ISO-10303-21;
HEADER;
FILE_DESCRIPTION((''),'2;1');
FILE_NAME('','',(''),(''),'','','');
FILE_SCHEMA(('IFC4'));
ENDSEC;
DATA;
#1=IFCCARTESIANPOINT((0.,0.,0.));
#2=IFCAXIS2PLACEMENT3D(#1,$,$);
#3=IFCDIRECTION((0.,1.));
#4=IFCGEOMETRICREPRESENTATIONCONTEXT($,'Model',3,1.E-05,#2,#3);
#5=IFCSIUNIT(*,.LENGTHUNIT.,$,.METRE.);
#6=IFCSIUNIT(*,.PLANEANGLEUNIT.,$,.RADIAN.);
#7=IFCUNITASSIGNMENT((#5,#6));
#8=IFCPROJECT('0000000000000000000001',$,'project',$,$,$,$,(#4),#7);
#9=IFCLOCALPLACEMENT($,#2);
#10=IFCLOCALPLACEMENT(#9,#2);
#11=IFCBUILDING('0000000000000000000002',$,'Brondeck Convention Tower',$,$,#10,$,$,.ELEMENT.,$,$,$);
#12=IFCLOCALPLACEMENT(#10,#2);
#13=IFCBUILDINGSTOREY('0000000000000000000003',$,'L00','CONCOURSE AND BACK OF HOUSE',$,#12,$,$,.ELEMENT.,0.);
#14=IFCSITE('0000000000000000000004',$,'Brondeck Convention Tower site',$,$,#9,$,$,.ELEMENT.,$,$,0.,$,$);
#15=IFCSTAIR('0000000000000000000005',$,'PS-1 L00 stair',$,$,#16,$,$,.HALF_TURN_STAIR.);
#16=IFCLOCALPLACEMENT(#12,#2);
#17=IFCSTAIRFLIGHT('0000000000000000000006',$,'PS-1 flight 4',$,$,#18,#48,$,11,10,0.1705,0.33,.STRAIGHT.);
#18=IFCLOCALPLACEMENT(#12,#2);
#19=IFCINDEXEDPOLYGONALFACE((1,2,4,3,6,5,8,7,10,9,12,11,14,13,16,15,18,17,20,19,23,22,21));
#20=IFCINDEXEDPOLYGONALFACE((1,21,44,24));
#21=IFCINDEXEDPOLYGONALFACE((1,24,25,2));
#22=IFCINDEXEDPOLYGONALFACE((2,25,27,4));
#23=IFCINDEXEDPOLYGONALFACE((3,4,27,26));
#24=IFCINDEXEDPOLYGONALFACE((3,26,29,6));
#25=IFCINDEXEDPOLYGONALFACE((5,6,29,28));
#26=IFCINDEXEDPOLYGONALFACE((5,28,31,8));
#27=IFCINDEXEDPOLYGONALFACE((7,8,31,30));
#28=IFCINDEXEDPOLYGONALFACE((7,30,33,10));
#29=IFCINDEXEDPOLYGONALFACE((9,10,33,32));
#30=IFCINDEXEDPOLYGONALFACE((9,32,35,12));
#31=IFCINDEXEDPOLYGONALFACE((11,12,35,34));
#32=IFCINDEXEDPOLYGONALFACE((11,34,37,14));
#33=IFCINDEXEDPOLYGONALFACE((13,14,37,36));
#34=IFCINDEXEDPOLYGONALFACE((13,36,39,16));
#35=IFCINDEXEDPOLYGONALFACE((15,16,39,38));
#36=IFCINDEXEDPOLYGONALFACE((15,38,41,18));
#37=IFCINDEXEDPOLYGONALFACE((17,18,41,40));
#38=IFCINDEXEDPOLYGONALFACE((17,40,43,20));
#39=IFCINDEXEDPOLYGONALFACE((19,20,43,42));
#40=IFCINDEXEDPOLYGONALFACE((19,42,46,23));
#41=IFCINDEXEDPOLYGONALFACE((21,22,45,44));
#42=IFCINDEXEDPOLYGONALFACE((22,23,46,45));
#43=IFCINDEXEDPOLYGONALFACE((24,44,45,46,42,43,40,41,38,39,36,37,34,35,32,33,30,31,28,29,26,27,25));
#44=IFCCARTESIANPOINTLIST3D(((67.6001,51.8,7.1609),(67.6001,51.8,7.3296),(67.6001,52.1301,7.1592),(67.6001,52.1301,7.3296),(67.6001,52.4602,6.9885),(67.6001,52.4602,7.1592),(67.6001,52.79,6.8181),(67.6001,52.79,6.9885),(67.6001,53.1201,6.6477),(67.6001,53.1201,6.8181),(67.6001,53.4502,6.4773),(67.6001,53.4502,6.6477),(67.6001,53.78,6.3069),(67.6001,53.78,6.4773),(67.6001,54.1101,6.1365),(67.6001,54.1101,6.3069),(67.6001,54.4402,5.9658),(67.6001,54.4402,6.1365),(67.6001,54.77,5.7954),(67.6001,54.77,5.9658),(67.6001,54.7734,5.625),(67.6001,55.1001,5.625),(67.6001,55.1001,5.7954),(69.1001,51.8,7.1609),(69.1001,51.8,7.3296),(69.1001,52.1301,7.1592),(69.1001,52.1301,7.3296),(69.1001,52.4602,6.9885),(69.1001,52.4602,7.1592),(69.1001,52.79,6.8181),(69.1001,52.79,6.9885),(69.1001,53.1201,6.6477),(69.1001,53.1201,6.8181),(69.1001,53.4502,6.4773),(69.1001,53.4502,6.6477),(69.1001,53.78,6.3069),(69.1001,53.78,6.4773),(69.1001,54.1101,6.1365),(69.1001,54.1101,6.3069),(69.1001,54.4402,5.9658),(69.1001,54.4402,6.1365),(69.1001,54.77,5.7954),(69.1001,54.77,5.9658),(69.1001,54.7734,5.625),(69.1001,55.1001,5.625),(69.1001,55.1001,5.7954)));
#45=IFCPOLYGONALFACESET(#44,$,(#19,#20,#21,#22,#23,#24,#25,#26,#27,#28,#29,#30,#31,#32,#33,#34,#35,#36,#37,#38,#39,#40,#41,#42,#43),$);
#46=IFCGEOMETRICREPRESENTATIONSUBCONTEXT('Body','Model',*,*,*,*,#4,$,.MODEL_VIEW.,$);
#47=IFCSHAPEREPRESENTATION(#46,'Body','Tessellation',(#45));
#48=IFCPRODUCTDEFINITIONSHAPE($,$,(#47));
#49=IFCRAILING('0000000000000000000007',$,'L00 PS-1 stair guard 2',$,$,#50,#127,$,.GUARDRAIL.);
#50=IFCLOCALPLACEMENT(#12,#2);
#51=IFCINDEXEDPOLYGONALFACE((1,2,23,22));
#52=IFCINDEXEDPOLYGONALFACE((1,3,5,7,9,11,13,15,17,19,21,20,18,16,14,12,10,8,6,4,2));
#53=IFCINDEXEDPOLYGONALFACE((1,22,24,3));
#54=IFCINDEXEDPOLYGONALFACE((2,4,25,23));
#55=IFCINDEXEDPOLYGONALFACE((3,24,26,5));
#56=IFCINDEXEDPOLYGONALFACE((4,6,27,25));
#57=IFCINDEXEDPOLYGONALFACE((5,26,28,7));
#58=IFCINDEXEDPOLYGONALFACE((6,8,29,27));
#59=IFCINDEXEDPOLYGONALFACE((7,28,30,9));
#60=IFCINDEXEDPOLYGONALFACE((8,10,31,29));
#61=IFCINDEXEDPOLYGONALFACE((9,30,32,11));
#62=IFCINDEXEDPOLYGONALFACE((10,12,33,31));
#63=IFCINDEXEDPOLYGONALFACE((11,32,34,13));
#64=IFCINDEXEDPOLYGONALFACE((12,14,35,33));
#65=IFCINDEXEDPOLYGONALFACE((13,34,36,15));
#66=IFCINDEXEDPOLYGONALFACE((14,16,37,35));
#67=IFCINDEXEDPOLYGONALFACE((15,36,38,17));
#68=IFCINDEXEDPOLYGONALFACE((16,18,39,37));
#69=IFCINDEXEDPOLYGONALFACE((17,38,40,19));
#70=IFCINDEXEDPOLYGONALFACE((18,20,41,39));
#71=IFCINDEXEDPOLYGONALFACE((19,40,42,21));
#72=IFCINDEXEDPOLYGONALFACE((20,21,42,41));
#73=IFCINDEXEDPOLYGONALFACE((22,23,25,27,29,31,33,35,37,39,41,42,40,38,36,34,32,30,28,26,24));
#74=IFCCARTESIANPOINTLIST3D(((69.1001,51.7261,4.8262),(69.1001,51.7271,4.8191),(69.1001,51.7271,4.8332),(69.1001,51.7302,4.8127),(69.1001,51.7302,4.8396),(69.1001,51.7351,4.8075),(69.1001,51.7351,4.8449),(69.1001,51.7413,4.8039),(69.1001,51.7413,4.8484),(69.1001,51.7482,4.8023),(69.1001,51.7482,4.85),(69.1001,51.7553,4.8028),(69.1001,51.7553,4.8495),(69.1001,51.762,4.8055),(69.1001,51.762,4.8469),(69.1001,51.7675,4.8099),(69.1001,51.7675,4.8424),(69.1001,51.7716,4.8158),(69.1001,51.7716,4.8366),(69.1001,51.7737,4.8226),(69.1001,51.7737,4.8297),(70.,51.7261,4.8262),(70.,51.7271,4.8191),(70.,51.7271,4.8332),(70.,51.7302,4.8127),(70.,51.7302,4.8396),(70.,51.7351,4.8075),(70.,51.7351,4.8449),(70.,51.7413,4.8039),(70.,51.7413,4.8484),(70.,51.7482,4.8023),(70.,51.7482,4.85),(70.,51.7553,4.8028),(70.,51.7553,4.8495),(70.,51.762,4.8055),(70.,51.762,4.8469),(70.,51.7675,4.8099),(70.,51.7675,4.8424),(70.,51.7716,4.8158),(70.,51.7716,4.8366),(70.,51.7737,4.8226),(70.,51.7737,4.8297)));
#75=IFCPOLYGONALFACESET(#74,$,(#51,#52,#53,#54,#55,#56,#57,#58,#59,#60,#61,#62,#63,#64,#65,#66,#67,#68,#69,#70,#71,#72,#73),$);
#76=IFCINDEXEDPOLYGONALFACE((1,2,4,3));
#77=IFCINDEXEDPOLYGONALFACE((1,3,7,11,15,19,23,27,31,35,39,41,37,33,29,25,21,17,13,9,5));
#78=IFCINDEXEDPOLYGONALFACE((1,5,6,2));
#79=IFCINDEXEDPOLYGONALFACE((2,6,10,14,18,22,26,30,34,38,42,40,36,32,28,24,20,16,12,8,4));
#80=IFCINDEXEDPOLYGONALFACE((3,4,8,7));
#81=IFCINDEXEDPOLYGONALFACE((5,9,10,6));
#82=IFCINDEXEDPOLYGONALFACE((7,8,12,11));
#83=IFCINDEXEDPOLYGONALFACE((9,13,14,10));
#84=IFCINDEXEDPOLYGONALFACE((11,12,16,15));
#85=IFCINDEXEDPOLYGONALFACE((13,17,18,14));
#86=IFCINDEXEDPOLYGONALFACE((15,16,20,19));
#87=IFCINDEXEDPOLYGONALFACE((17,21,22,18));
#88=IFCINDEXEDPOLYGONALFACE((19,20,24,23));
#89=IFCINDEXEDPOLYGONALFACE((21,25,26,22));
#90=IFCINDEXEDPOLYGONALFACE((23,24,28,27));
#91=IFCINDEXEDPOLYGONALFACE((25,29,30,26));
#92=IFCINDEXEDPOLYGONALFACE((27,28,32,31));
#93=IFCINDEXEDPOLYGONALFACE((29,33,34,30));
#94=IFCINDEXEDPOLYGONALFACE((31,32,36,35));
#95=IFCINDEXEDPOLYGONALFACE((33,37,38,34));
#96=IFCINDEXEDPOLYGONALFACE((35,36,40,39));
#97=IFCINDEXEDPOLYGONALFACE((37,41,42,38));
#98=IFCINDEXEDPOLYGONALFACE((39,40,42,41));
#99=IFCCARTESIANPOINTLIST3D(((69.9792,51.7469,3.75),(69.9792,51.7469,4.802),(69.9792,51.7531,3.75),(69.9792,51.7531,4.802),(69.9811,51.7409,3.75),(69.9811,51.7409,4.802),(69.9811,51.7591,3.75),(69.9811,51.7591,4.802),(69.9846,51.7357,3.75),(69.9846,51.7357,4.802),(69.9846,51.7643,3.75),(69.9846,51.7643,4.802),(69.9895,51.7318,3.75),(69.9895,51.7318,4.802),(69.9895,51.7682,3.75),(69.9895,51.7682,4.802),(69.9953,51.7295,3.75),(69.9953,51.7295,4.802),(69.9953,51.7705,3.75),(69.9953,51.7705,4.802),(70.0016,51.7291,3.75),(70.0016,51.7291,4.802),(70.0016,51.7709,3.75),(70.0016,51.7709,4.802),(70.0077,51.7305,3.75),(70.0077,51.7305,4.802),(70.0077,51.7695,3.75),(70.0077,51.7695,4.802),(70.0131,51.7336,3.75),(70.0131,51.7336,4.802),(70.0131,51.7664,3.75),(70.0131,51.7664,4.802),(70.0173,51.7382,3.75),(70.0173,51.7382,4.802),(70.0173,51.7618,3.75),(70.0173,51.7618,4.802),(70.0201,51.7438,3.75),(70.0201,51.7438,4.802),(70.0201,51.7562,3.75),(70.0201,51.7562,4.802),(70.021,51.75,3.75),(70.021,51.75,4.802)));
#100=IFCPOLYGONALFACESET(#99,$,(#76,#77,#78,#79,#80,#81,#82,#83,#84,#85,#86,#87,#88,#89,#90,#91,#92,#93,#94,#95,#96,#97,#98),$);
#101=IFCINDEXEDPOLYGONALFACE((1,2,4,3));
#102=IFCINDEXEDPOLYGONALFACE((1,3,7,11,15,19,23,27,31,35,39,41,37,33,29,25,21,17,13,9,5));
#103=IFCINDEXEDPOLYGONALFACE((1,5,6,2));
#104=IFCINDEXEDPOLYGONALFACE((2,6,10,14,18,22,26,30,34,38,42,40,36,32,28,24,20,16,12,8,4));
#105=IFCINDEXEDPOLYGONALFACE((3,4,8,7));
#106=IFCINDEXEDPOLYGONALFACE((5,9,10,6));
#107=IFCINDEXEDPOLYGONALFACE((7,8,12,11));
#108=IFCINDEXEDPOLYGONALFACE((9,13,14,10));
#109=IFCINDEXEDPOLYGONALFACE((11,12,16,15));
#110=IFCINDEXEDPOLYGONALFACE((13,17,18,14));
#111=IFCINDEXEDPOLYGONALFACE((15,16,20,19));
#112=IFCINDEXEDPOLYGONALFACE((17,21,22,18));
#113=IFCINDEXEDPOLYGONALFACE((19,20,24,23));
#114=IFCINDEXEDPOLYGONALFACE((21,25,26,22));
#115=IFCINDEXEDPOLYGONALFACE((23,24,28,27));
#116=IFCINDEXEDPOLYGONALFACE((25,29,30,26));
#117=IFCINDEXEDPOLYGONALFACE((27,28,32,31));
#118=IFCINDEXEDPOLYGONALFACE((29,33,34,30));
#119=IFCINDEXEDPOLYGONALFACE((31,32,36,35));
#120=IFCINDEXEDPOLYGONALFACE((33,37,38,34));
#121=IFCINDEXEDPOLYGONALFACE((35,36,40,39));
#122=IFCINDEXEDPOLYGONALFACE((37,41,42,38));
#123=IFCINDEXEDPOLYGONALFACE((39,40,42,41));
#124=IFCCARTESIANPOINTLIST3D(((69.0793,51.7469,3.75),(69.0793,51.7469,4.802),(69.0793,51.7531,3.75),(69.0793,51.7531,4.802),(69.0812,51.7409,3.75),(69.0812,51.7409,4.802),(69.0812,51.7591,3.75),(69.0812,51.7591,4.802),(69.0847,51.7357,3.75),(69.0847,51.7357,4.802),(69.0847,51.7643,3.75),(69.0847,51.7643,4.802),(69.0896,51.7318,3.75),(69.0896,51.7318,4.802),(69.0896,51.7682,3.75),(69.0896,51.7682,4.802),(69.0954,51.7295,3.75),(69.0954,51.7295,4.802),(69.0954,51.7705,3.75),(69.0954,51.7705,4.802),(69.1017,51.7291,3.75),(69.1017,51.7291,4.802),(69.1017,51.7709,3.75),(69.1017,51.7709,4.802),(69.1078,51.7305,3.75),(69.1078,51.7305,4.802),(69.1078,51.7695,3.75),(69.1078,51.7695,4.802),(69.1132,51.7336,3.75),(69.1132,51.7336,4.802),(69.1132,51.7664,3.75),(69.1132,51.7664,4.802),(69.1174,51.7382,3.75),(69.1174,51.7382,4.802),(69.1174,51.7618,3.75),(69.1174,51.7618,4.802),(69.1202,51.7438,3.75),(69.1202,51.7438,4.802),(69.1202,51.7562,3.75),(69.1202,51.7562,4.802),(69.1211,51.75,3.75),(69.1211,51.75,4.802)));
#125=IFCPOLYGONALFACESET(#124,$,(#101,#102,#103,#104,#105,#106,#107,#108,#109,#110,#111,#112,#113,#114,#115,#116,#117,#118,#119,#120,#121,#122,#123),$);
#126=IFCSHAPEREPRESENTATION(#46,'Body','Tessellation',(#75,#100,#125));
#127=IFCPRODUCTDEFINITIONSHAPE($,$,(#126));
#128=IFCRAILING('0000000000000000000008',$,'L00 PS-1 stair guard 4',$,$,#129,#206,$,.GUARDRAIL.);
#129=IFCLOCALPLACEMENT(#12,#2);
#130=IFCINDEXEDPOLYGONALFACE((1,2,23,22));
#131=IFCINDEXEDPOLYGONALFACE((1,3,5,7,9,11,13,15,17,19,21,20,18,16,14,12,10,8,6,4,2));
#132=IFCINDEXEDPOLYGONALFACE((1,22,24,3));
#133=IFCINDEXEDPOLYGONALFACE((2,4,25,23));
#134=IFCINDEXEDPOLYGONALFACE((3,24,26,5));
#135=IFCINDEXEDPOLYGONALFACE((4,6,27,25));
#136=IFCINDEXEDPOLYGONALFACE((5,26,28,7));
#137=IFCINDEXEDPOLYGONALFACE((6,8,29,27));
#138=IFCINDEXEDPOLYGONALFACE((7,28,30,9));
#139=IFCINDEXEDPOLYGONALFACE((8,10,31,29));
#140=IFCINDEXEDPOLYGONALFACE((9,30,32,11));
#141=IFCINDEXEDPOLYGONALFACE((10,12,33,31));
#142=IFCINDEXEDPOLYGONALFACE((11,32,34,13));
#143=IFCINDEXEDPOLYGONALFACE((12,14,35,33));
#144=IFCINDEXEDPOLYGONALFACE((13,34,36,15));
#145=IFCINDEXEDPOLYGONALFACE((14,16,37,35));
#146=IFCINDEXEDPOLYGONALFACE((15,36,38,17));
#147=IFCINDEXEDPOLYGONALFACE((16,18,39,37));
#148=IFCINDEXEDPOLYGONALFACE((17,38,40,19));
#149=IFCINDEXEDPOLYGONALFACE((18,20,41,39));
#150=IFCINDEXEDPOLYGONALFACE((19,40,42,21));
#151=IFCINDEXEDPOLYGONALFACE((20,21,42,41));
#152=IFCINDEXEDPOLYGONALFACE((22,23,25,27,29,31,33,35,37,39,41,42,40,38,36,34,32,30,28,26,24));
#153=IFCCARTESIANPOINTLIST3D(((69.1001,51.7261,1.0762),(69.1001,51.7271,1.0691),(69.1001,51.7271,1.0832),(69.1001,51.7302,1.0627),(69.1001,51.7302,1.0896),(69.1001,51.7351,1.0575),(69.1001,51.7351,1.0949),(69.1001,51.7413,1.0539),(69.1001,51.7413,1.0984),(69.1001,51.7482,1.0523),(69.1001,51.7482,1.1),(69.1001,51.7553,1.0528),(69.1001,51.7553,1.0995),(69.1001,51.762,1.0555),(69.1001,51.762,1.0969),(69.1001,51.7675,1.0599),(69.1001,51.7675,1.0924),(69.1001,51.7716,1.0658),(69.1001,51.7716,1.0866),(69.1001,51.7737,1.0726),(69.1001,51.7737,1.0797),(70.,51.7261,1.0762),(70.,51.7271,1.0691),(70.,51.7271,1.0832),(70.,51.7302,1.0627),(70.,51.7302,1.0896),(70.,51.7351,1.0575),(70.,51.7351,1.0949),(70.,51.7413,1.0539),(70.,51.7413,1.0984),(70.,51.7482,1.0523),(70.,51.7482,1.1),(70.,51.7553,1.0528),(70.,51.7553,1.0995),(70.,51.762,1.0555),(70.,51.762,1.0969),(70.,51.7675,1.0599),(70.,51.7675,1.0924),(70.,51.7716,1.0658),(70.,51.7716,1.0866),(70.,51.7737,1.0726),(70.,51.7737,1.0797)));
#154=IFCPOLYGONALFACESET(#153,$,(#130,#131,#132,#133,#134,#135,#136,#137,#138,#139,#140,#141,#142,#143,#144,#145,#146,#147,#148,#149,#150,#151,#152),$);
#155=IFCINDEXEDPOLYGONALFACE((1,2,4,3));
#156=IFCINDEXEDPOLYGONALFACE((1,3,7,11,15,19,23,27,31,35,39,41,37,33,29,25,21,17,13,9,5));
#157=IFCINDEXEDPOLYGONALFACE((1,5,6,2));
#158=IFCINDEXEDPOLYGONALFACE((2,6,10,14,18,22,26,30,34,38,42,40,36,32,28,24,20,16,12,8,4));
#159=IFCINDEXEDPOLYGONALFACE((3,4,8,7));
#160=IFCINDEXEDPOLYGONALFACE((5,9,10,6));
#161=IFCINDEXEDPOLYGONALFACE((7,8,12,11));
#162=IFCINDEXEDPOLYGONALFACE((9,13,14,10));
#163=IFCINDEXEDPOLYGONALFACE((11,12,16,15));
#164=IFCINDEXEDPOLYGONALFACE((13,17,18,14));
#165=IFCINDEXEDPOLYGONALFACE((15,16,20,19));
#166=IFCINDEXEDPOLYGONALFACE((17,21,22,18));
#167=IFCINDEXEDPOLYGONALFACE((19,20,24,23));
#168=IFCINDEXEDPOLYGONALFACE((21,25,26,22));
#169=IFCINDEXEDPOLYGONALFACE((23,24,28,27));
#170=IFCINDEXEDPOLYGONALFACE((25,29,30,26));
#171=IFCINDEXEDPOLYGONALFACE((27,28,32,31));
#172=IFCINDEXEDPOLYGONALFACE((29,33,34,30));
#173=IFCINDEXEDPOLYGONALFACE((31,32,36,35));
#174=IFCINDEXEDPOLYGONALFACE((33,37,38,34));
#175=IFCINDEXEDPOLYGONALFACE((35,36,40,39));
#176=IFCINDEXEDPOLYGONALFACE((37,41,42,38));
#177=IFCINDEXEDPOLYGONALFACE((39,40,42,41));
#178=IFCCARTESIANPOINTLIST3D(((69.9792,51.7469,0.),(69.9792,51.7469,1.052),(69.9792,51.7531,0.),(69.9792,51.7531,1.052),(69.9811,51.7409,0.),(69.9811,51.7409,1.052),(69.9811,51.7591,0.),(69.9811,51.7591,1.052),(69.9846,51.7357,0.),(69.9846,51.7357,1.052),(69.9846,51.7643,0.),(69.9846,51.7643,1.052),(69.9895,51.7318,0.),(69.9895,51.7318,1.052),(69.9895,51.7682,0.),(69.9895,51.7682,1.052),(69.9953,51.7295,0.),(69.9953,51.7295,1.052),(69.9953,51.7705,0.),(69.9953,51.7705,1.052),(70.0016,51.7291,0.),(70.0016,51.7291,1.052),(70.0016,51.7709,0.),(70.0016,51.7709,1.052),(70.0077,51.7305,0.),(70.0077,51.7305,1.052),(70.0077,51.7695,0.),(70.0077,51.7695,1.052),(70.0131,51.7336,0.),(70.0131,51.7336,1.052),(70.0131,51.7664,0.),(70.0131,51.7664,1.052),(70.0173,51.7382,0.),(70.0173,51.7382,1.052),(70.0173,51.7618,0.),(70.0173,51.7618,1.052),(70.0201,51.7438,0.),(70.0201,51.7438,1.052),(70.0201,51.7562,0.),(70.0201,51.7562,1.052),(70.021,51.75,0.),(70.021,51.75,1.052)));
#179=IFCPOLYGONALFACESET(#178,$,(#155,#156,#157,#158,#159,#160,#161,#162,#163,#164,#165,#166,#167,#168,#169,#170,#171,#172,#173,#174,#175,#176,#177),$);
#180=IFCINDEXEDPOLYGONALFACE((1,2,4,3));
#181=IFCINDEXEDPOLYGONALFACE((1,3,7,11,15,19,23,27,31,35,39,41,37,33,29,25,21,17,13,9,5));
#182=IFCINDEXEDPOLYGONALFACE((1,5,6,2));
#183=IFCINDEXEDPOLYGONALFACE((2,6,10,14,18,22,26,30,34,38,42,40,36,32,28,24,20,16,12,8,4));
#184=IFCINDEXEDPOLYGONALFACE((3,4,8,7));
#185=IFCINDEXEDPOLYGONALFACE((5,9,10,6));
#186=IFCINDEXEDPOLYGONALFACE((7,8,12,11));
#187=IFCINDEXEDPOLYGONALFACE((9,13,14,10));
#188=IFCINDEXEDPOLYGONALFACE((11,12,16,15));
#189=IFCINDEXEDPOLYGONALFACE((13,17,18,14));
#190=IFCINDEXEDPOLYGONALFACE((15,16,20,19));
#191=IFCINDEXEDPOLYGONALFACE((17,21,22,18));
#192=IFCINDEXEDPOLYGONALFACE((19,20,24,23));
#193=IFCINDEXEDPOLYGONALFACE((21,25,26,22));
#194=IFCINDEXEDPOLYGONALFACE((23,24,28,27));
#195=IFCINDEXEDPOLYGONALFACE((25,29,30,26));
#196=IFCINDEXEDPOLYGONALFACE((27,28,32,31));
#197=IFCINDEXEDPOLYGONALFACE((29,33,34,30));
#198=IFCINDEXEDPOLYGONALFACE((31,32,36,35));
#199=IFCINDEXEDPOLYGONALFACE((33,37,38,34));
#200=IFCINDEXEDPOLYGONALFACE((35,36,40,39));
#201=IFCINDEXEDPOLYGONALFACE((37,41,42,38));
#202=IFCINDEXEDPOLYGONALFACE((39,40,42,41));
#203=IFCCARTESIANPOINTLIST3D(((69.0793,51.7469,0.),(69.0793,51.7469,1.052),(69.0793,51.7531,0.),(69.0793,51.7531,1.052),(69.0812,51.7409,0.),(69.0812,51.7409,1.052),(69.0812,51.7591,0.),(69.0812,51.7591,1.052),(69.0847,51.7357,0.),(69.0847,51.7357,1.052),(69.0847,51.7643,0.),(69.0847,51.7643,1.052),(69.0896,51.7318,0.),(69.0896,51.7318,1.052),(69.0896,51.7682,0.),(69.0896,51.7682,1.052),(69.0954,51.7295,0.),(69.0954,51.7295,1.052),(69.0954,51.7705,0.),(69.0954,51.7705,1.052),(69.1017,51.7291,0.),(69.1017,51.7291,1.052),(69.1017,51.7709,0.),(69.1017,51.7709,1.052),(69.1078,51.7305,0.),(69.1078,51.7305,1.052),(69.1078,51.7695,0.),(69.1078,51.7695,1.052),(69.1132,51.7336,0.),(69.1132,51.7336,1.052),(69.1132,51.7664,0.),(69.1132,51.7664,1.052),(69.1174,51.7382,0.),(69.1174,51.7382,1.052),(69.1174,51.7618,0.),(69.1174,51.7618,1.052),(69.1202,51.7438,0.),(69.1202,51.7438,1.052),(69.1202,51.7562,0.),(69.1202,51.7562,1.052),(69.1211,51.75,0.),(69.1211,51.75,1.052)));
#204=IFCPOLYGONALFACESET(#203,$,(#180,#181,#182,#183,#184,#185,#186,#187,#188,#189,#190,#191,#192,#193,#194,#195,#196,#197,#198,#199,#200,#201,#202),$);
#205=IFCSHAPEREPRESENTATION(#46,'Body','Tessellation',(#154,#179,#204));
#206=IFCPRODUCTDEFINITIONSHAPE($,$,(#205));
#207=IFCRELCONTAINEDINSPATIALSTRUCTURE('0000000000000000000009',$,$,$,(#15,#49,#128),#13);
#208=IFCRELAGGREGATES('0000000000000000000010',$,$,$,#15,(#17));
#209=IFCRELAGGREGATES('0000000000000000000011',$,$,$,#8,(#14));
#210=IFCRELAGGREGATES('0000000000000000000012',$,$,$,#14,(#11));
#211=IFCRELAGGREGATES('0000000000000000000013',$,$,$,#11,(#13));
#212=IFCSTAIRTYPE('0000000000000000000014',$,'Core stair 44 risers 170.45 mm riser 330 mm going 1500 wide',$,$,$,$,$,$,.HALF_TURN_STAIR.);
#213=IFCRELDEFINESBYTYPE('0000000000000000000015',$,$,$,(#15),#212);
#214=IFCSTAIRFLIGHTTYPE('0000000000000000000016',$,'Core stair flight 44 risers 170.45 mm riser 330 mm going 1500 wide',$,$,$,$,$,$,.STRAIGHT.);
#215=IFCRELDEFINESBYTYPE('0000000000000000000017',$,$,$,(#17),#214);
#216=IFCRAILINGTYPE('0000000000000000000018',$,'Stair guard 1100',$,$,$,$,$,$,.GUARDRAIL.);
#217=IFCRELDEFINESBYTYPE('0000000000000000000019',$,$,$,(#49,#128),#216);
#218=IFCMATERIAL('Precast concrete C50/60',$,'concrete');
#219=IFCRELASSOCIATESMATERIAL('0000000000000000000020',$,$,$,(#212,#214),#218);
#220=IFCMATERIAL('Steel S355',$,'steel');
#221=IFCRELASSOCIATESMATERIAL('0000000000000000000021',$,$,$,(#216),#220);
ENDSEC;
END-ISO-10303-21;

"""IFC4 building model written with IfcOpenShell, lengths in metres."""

from ifc_helpers import new_model, si_unit, direction, frame, origin, origin_2d, place, context, subcontext, project, spatial, polyline, circle, outline, extrude, material, type_object, element, aggregate, save


model = new_model("IFC4")

# Units and contexts
model_context = context("Model", 3, precision=1e-05, world=origin(), true_north=direction((0.0, 1.0)))
body_context = subcontext(model_context, "Body", "Model", "MODEL_VIEW")
ifc_project = project(units=[si_unit("LENGTHUNIT", "METRE"), si_unit("PLANEANGLEUNIT", "RADIAN")], contexts=[model_context])

# Site, building, storey
site_placement = place(None, origin())
site = spatial("IfcSite", under=ifc_project, at=site_placement, Name="Brondeck Convention Tower site", CompositionType="ELEMENT", RefElevation=0.0)
building_placement = place(site_placement, origin())
building = spatial("IfcBuilding", under=site, at=building_placement, Name="Brondeck Convention Tower", CompositionType="ELEMENT")
storey_placement = place(building_placement, origin())
storey = spatial("IfcBuildingStorey", under=building, at=storey_placement, Name="L00", Description="CONCOURSE AND BACK OF HOUSE", CompositionType="ELEMENT", Elevation=0.0)

# Stair, stair flight
ifc_material_1 = material(Name="Precast concrete C50/60", Category="concrete")
stair_type = type_object("IfcStairType", Name="Core stair 44 risers 170.45 mm riser 330 mm going 1500 wide", PredefinedType="HALF_TURN_STAIR", material=ifc_material_1)
stair_placement = place(storey_placement, origin())
stair = element("IfcStair", 1, at=stair_placement, inside=storey, type_object=stair_type, Name="PS-1 L00 stair", PredefinedType="HALF_TURN_STAIR")
stair_flight_type = type_object("IfcStairFlightType", Name="Core stair flight 44 risers 170.45 mm riser 330 mm going 1500 wide", PredefinedType="STRAIGHT", material=ifc_material_1)
stair_flight_1_placement = place(storey_placement, frame((68.3501, 55.1001, 5.625), z_axis=(0.0, 0.0, 1.0), x_axis=(0.0, -1.0, 0.0)))
stair_flight_1 = element("IfcStairFlight", 2, at=stair_flight_1_placement, type_object=stair_flight_type, Name="PS-1 flight 4", NumberOfRisers=11, NumberOfTreads=10, PredefinedType="STRAIGHT", RiserHeight=0.1705, TreadLength=0.33, context=body_context, shape_type="SweptSolid", body=[
    extrude(outline(polyline([(0.0, 0.0), (0.0, 0.1704), (0.3301, 0.1704), (0.3301, 0.3408), (0.6599, 0.3408), (0.6599, 0.5115), (0.99, 0.5115), (0.99, 0.6819), (1.3201, 0.6819), (1.3201, 0.8523), (1.6499, 0.8523), (1.6499, 1.0227), (1.98, 1.0227), (1.98, 1.1931), (2.3101, 1.1931), (2.3101, 1.3635), (2.6399, 1.3635), (2.6399, 1.5342), (2.97, 1.5342), (2.97, 1.7046), (3.3, 1.7046), (3.3, 1.875), (3.3, 1.5359), (0.3267, 0.0), (0.0, 0.0)])), frame((0.0, 0.75, 0.0), z_axis=(0.0, -1.0, 0.0), x_axis=(1.0, 0.0, 0.0)), (0.0, 0.0, 1.0), 1.5),
])
aggregate(stair, [stair_flight_1])

# Railings
ifc_material_2 = material(Name="Steel S355", Category="steel")
railing_type_1 = type_object("IfcRailingType", Name="Stair guard 1100", PredefinedType="GUARDRAIL", material=ifc_material_2)
railing_1_placement = place(storey_placement, frame((70.0, 51.75, 3.75)))
element("IfcRailing", 3, at=railing_1_placement, inside=storey, type_object=railing_type_1, Name="L00 PS-1 stair guard 2", PredefinedType="GUARDRAIL", context=body_context, shape_type="SweptSolid", body=[
    extrude(circle(Radius=0.0239, at=origin_2d()), frame((0.0, 0.0, 1.0762), z_axis=(-1.0, 0.0, 0.0), x_axis=(0.0, -1.0, 0.0)), (0.0, 0.0, 1.0), 0.8999),
    extrude(circle(Radius=0.021, at=origin_2d()), origin(), (0.0, 0.0, 1.0), 1.052),
    extrude(circle(Radius=0.021, at=origin_2d()), frame((-0.8999, 0.0, 0.0)), (0.0, 0.0, 1.0), 1.052),
])
railing_2_placement = place(storey_placement, frame((70.0, 51.75, 0.0)))
element("IfcRailing", 4, at=railing_2_placement, inside=storey, type_object=railing_type_1, Name="L00 PS-1 stair guard 4", PredefinedType="GUARDRAIL", context=body_context, shape_type="SweptSolid", body=[
    extrude(circle(Radius=0.0239, at=origin_2d()), frame((0.0, 0.0, 1.0762), z_axis=(-1.0, 0.0, 0.0), x_axis=(0.0, -1.0, 0.0)), (0.0, 0.0, 1.0), 0.8999),
    extrude(circle(Radius=0.021, at=origin_2d()), origin(), (0.0, 0.0, 1.0), 1.052),
    extrude(circle(Radius=0.021, at=origin_2d()), frame((-0.8999, 0.0, 0.0)), (0.0, 0.0, 1.0), 1.052),
])

save(model, "model.ifc")
